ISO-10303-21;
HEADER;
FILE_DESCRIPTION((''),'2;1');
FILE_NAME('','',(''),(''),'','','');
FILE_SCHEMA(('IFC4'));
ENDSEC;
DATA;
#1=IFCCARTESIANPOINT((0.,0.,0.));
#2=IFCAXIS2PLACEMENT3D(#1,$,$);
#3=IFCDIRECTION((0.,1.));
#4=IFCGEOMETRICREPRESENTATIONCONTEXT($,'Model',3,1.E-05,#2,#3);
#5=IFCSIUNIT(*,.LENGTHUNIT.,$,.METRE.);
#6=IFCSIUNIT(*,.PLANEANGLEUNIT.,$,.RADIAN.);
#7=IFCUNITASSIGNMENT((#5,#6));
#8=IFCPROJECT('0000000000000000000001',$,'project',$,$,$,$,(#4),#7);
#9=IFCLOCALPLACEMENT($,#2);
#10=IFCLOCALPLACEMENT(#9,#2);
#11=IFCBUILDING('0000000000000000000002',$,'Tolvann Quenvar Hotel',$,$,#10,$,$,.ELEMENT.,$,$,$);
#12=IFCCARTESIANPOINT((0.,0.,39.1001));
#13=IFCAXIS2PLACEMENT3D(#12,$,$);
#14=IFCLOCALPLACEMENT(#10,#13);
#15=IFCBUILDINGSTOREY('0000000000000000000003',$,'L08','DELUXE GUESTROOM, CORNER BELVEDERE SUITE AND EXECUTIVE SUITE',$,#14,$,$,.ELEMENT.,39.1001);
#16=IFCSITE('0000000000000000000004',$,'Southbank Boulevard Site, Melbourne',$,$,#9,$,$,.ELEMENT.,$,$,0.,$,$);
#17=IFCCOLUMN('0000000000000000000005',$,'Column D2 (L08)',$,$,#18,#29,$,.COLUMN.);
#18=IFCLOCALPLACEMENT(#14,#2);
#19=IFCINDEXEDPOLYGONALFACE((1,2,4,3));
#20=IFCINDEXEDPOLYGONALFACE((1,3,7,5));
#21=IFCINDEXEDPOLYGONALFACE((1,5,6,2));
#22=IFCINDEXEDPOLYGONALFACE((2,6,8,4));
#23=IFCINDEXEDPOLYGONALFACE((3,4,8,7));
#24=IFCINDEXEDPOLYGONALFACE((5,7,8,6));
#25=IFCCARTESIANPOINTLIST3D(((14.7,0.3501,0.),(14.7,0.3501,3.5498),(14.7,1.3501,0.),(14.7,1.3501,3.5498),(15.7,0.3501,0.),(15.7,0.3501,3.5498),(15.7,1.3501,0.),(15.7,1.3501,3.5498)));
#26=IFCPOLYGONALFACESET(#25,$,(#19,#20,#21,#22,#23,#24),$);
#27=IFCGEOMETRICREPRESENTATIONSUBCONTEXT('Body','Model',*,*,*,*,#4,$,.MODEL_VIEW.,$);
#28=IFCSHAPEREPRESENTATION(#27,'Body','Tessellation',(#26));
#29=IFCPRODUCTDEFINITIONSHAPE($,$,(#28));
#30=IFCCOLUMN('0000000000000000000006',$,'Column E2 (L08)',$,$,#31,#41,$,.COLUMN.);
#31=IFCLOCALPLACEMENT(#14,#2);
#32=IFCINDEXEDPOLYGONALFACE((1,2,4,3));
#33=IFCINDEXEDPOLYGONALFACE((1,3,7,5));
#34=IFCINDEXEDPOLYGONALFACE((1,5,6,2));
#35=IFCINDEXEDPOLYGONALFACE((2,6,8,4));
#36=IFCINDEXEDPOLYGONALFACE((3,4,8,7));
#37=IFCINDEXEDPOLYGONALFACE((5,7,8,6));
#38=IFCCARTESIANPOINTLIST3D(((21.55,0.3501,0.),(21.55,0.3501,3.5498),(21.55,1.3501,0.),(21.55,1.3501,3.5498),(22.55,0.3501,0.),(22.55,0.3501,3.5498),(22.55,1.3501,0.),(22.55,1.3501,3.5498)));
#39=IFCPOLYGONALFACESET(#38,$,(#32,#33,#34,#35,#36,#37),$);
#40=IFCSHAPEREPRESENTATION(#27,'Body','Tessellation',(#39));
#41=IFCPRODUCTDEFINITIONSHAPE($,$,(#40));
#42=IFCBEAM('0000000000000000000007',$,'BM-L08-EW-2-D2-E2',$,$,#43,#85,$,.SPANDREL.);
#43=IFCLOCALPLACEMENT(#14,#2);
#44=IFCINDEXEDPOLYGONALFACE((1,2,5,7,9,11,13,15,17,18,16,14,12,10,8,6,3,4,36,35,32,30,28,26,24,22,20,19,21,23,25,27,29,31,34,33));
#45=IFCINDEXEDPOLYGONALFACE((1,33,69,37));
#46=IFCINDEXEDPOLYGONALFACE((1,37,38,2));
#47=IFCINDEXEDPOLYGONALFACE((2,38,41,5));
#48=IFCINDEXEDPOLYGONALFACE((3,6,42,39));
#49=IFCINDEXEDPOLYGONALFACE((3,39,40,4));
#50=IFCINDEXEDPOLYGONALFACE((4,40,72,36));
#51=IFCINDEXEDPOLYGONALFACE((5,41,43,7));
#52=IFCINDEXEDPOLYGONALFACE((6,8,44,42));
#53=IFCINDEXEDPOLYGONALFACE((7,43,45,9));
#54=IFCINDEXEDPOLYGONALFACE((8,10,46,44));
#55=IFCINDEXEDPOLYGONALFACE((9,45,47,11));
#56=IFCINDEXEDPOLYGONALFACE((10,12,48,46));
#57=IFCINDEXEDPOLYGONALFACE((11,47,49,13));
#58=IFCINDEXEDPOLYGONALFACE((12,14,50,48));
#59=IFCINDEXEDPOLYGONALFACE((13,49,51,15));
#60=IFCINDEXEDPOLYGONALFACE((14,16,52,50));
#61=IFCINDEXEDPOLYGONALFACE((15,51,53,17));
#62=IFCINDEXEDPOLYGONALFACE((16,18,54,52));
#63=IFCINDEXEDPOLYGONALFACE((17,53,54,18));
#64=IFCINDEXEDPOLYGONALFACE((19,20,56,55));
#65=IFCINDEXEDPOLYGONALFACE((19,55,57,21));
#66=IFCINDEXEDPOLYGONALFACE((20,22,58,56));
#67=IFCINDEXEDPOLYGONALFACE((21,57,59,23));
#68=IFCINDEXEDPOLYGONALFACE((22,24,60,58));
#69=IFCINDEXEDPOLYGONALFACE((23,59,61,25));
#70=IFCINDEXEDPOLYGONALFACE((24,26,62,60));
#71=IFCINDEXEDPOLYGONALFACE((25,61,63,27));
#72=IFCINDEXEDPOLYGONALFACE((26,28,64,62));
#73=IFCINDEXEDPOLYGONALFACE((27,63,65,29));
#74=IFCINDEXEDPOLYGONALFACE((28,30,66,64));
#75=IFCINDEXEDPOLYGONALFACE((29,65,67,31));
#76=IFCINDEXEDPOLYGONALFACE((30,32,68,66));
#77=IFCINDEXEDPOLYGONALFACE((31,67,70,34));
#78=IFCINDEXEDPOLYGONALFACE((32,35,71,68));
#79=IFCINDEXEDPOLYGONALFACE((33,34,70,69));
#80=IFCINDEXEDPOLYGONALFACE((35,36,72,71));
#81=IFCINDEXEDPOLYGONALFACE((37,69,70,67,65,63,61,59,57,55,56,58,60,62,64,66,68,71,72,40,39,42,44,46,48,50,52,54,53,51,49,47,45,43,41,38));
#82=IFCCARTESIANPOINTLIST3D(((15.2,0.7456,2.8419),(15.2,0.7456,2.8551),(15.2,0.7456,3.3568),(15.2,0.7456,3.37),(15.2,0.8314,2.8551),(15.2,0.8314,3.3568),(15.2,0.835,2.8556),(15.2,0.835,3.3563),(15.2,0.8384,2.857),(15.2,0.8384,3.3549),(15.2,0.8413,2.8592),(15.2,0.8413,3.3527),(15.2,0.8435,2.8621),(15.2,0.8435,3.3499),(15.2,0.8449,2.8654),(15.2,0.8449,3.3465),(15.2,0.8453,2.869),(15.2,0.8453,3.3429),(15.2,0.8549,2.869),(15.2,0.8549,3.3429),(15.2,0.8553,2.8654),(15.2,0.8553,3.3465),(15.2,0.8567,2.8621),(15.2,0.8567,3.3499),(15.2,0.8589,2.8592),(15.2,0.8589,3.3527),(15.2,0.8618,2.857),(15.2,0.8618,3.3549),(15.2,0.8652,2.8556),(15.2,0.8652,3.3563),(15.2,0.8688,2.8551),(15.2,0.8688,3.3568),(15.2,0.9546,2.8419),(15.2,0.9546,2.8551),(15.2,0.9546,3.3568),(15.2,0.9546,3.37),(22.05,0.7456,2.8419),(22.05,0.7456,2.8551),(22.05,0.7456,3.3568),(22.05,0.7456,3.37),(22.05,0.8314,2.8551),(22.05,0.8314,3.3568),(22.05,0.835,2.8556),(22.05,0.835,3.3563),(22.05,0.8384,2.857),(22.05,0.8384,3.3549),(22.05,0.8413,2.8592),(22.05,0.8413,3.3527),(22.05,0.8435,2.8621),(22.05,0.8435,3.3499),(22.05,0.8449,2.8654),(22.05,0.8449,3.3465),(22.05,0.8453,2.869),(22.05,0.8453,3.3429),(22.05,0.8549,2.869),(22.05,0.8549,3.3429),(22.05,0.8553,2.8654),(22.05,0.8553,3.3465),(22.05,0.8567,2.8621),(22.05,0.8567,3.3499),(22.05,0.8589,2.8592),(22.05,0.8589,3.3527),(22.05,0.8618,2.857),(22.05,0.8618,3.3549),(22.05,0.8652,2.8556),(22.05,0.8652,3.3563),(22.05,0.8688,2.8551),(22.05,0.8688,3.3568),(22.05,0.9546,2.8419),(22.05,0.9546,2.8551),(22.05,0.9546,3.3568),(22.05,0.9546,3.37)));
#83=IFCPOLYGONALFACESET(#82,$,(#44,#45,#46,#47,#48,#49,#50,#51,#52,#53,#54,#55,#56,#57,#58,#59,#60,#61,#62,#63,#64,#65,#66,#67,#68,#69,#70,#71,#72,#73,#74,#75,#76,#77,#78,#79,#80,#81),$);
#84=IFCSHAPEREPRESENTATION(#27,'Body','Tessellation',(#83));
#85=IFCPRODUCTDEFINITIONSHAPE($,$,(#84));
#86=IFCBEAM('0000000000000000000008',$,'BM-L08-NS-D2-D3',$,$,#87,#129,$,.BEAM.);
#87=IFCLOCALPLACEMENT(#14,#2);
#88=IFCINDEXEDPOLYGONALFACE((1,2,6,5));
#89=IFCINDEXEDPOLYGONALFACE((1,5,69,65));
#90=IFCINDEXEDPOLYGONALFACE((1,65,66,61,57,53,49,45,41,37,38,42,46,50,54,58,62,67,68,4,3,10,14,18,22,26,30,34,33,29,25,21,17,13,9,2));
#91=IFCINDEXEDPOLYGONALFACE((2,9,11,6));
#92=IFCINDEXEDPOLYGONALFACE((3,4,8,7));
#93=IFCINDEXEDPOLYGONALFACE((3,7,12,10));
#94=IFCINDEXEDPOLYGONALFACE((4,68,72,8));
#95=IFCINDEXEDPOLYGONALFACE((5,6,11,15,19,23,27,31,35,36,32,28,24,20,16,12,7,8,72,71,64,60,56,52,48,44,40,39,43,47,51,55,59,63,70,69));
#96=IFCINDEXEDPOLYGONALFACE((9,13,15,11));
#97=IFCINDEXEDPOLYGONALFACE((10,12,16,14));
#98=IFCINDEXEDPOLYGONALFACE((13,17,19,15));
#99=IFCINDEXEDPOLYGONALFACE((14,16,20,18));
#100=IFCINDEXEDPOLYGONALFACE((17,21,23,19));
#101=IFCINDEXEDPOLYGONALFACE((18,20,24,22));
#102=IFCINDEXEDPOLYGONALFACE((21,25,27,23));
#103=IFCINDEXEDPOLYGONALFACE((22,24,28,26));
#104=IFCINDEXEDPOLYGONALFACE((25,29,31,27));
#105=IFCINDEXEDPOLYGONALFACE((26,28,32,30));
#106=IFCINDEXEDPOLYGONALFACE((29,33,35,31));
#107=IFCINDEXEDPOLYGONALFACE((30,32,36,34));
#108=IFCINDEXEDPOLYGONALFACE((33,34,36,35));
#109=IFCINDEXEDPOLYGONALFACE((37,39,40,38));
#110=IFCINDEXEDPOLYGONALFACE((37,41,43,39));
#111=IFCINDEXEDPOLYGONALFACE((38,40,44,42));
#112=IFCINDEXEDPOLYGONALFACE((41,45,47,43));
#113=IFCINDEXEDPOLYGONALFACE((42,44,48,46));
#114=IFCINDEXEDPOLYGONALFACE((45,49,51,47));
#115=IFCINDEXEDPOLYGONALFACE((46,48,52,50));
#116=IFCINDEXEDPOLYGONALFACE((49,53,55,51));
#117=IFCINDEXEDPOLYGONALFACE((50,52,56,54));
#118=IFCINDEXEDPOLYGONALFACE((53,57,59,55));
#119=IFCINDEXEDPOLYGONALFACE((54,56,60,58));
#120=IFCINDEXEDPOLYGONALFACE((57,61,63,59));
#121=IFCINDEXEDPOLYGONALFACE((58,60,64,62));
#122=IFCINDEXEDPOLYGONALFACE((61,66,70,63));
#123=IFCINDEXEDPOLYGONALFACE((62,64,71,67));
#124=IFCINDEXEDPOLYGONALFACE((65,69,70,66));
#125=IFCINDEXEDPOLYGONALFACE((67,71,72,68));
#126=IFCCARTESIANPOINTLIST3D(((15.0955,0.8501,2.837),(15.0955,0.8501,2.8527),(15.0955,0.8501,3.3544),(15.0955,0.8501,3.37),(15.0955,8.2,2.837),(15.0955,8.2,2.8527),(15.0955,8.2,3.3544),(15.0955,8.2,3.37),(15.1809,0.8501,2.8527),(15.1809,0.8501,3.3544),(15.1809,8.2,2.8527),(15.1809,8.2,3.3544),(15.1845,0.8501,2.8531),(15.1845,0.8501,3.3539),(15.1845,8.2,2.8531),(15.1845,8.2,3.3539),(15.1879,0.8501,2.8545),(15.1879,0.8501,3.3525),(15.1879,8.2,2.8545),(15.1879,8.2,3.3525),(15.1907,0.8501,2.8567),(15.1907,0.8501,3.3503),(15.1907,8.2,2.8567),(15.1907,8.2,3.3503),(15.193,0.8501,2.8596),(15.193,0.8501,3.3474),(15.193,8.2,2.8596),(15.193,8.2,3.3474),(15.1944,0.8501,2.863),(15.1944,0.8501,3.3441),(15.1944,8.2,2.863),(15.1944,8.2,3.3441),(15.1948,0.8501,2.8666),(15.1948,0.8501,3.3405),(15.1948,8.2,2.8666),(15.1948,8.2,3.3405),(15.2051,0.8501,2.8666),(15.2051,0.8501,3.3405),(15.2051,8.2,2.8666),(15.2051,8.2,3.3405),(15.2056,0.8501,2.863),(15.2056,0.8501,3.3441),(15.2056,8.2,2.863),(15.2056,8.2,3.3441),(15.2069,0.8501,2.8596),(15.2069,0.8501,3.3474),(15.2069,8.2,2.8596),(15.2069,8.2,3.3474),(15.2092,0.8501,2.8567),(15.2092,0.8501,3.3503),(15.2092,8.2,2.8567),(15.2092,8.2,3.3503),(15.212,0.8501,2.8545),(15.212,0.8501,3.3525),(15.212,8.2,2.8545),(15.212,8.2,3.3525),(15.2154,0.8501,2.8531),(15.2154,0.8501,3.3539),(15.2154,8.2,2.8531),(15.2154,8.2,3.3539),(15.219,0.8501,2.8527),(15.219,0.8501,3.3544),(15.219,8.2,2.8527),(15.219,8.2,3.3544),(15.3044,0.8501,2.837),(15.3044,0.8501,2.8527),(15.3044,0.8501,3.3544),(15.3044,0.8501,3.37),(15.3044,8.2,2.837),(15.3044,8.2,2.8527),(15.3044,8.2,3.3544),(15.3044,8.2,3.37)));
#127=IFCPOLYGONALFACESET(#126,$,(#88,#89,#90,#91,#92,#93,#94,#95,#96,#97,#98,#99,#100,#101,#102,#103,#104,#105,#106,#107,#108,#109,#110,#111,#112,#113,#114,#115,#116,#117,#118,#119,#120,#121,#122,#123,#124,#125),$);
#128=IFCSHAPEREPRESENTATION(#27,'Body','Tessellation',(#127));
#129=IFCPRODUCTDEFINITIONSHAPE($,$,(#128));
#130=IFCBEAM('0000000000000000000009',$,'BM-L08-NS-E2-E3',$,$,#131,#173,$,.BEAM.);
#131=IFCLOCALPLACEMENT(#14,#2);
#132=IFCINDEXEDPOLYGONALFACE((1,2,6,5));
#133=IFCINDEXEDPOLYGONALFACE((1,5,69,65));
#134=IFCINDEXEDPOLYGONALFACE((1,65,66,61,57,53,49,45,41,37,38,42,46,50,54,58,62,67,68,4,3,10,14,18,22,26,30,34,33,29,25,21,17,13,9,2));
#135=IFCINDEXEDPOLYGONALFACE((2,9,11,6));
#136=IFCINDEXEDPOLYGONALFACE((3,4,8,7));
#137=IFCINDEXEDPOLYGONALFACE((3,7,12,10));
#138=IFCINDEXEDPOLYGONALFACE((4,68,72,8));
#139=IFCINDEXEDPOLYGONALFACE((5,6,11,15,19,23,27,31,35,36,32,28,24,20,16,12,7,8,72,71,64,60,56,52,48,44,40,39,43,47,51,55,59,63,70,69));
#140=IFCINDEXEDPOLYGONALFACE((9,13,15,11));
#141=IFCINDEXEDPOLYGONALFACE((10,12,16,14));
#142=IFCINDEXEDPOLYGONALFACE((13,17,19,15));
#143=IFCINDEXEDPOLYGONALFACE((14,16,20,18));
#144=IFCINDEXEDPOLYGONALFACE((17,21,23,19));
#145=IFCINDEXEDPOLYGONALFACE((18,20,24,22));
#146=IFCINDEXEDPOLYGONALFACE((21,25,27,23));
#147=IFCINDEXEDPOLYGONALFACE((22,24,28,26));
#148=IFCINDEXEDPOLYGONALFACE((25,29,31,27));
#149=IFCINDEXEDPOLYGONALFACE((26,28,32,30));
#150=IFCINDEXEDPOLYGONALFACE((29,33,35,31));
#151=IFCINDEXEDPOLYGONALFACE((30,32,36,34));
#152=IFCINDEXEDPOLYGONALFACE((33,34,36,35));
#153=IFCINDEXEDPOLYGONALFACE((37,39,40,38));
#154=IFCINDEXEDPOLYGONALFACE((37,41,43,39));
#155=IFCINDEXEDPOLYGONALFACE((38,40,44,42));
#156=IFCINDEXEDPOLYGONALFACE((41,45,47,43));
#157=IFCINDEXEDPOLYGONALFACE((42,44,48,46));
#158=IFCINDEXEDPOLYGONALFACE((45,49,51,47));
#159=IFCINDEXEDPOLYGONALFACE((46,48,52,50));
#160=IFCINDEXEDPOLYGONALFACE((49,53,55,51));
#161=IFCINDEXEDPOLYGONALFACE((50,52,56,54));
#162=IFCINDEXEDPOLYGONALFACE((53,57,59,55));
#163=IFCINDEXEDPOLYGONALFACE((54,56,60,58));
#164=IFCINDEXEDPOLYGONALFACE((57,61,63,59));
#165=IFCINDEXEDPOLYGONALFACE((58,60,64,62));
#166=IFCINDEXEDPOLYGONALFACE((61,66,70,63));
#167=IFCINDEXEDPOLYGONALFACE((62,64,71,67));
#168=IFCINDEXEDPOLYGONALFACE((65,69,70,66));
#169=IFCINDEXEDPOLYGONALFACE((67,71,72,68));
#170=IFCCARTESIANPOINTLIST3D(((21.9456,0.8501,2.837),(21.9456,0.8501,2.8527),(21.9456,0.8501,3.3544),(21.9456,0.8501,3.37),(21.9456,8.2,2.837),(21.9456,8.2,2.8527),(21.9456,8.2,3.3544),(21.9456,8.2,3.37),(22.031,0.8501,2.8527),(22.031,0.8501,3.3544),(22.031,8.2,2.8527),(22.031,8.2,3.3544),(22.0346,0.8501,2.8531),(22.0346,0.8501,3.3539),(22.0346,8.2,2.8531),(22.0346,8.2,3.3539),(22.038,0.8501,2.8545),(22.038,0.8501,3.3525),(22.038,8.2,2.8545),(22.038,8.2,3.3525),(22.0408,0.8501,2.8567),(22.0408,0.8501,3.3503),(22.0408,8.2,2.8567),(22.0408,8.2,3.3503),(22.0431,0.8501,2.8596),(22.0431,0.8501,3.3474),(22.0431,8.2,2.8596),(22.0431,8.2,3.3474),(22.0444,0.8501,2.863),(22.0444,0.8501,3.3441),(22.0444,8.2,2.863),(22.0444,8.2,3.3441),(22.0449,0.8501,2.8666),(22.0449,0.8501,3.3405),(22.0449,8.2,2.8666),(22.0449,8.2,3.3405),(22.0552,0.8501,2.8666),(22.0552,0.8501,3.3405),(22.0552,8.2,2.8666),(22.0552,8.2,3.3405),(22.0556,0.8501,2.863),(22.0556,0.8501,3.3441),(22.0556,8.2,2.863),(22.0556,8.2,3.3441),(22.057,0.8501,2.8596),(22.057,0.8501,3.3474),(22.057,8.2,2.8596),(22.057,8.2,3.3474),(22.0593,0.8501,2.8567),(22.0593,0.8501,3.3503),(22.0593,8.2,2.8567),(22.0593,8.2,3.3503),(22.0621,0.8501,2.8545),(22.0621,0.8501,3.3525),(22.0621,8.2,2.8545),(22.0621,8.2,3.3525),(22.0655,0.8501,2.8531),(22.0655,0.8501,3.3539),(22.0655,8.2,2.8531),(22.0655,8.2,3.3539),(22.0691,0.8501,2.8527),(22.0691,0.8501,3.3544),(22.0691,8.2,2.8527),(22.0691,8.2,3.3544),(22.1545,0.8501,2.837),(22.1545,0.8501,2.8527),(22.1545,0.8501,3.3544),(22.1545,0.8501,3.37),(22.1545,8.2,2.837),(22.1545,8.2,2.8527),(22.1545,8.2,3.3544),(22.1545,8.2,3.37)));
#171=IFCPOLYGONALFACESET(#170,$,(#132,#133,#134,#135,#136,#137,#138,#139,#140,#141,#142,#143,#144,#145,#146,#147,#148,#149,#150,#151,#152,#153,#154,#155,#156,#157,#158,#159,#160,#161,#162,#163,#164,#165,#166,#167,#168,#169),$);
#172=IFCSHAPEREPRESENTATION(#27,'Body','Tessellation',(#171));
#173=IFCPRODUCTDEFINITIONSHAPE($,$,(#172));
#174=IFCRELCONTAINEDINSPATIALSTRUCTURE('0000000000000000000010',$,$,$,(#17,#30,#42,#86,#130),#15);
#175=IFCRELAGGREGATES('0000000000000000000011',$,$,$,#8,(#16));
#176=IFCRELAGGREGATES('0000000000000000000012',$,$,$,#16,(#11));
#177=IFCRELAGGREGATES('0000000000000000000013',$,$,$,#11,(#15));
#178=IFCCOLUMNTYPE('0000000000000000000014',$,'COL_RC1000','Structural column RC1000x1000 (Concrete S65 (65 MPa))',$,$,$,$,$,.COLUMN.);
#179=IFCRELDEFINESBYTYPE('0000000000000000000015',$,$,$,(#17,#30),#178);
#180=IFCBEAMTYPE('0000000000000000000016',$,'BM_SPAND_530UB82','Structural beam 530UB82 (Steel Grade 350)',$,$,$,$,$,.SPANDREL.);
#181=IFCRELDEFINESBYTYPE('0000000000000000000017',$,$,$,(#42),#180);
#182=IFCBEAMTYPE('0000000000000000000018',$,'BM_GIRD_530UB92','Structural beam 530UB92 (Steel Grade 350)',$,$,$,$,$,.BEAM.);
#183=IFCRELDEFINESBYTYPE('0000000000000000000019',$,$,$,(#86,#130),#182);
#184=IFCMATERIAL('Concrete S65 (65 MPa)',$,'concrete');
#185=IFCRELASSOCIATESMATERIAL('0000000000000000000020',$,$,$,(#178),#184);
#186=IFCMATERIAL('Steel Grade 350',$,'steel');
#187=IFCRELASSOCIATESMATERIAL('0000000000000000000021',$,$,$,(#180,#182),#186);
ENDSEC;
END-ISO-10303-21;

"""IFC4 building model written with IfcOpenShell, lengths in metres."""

from ifc_helpers import new_model, si_unit, direction, frame, origin, origin_2d, place, context, subcontext, project, spatial, rectangle, i_section, extrude, source, transform, mapped, material, material_profile, profile_set, type_object, type_shapes, element, save


model = new_model("IFC4")

# Units and contexts
model_context = context("Model", 3, precision=1e-05, world=origin(), true_north=direction((0.0, 1.0)))
body_context = subcontext(model_context, "Body", "Model", "MODEL_VIEW")
ifc_project = project(units=[si_unit("LENGTHUNIT", "METRE"), si_unit("PLANEANGLEUNIT", "RADIAN")], contexts=[model_context])

# Site, building, storey
site_placement = place(None, origin())
site = spatial("IfcSite", under=ifc_project, at=site_placement, Name="Southbank Boulevard Site, Melbourne", CompositionType="ELEMENT", RefElevation=0.0)
building_placement = place(site_placement, origin())
building = spatial("IfcBuilding", under=site, at=building_placement, Name="Tolvann Quenvar Hotel", CompositionType="ELEMENT")
storey_placement = place(building_placement, frame((0.0, 0.0, 39.1001)))
storey = spatial("IfcBuildingStorey", under=building, at=storey_placement, Name="L08", Description="DELUXE GUESTROOM, CORNER BELVEDERE SUITE AND EXECUTIVE SUITE", CompositionType="ELEMENT", Elevation=39.1001)

# Columns
ifc_material_1 = material(Name="Concrete S65 (65 MPa)", Category="concrete")
ifc_material_profile_1 = material_profile(ifc_material_1, rectangle(XDim=1.0, YDim=1.0, at=origin_2d()), Name="RC1000x1000")
ifc_profile_set_1 = profile_set([ifc_material_profile_1], Name="Concrete S65 (65 MPa)")
column_type = type_object("IfcColumnType", Name="COL_RC1000", Description="Structural column RC1000x1000 (Concrete S65 (65 MPa))", PredefinedType="COLUMN", material=ifc_profile_set_1)
shared_shape_1 = source(origin(), body_context, "Body", "SweptSolid", [
    extrude(rectangle(XDim=1.0, YDim=1.0, at=origin_2d()), origin(), (0.0, 0.0, 1.0), 3.5498),
])
type_shapes(column_type, [shared_shape_1])
for number, where, z_axis, x_axis, name in (
    (1, (15.2, 0.8501, 0.0), (0.0, 0.0, 1.0), (1.0, 0.0, 0.0), "Column D2 (L08)"),
    (2, (22.05, 0.8501, 0.0), (0.0, 0.0, 1.0), (1.0, 0.0, 0.0), "Column E2 (L08)"),
):
    element("IfcColumn", number, at=place(storey_placement, frame(where, z_axis=z_axis, x_axis=x_axis)), inside=storey, type_object=column_type, Name=name, PredefinedType="COLUMN", context=body_context, shape_type="MappedRepresentation", body=[
        mapped(shared_shape_1, transform((0.0, 0.0, 0.0), x_axis=(1.0, 0.0, 0.0), y_axis=(0.0, 1.0, 0.0), z_axis=(0.0, 0.0, 1.0), scale=1.0)),
    ])

# Beams
ifc_material_2 = material(Name="Steel Grade 350", Category="steel")
ifc_material_profile_2 = material_profile(ifc_material_2, i_section(OverallWidth=0.209, OverallDepth=0.5281, WebThickness=0.0095, FlangeThickness=0.0132, FilletRadius=0.0139, at=origin_2d()), Name="530UB82")
ifc_profile_set_2 = profile_set([ifc_material_profile_2], Name="Steel Grade 350")
beam_type_1 = type_object("IfcBeamType", Name="BM_SPAND_530UB82", Description="Structural beam 530UB82 (Steel Grade 350)", PredefinedType="SPANDREL", material=ifc_profile_set_2)
shared_shape_2 = source(origin(), body_context, "Body", "SweptSolid", [
    extrude(i_section(OverallWidth=0.209, OverallDepth=0.5281, WebThickness=0.0095, FlangeThickness=0.0132, FilletRadius=0.0139, at=origin_2d()), origin(), (0.0, 0.0, 1.0), 6.8501),
])
type_shapes(beam_type_1, [shared_shape_2])
beam_placement = place(storey_placement, frame((15.2, 0.8501, 3.106), z_axis=(1.0, 0.0, 0.0), x_axis=(0.0, 1.0, 0.0)))
element("IfcBeam", 3, at=beam_placement, inside=storey, type_object=beam_type_1, Name="BM-L08-EW-2-D2-E2", PredefinedType="SPANDREL", context=body_context, shape_type="MappedRepresentation", body=[
    mapped(shared_shape_2, transform((0.0, 0.0, 0.0), x_axis=(1.0, 0.0, 0.0), y_axis=(0.0, 1.0, 0.0), z_axis=(0.0, 0.0, 1.0), scale=1.0)),
])
ifc_material_profile_3 = material_profile(ifc_material_2, i_section(OverallWidth=0.209, OverallDepth=0.533, WebThickness=0.0103, FlangeThickness=0.0156, FilletRadius=0.0139, at=origin_2d()), Name="530UB92")
ifc_profile_set_3 = profile_set([ifc_material_profile_3], Name="Steel Grade 350")
beam_type_2 = type_object("IfcBeamType", Name="BM_GIRD_530UB92", Description="Structural beam 530UB92 (Steel Grade 350)", PredefinedType="BEAM", material=ifc_profile_set_3)
shared_shape_3 = source(origin(), body_context, "Body", "SweptSolid", [
    extrude(i_section(OverallWidth=0.209, OverallDepth=0.533, WebThickness=0.0103, FlangeThickness=0.0156, FilletRadius=0.0139, at=origin_2d()), origin(), (0.0, 0.0, 1.0), 7.3499),
])
type_shapes(beam_type_2, [shared_shape_3])
for number, where, z_axis, x_axis, name in (
    (4, (15.2, 0.8501, 3.1035), (0.0, 1.0, 0.0), (-1.0, 0.0, 0.0), "BM-L08-NS-D2-D3"),
    (5, (22.05, 0.8501, 3.1035), (0.0, 1.0, 0.0), (-1.0, 0.0, 0.0), "BM-L08-NS-E2-E3"),
):
    element("IfcBeam", number, at=place(storey_placement, frame(where, z_axis=z_axis, x_axis=x_axis)), inside=storey, type_object=beam_type_2, Name=name, PredefinedType="BEAM", context=body_context, shape_type="MappedRepresentation", body=[
        mapped(shared_shape_3, transform((0.0, 0.0, 0.0), x_axis=(1.0, 0.0, 0.0), y_axis=(0.0, 1.0, 0.0), z_axis=(0.0, 0.0, 1.0), scale=1.0)),
    ])

save(model, "model.ifc")
